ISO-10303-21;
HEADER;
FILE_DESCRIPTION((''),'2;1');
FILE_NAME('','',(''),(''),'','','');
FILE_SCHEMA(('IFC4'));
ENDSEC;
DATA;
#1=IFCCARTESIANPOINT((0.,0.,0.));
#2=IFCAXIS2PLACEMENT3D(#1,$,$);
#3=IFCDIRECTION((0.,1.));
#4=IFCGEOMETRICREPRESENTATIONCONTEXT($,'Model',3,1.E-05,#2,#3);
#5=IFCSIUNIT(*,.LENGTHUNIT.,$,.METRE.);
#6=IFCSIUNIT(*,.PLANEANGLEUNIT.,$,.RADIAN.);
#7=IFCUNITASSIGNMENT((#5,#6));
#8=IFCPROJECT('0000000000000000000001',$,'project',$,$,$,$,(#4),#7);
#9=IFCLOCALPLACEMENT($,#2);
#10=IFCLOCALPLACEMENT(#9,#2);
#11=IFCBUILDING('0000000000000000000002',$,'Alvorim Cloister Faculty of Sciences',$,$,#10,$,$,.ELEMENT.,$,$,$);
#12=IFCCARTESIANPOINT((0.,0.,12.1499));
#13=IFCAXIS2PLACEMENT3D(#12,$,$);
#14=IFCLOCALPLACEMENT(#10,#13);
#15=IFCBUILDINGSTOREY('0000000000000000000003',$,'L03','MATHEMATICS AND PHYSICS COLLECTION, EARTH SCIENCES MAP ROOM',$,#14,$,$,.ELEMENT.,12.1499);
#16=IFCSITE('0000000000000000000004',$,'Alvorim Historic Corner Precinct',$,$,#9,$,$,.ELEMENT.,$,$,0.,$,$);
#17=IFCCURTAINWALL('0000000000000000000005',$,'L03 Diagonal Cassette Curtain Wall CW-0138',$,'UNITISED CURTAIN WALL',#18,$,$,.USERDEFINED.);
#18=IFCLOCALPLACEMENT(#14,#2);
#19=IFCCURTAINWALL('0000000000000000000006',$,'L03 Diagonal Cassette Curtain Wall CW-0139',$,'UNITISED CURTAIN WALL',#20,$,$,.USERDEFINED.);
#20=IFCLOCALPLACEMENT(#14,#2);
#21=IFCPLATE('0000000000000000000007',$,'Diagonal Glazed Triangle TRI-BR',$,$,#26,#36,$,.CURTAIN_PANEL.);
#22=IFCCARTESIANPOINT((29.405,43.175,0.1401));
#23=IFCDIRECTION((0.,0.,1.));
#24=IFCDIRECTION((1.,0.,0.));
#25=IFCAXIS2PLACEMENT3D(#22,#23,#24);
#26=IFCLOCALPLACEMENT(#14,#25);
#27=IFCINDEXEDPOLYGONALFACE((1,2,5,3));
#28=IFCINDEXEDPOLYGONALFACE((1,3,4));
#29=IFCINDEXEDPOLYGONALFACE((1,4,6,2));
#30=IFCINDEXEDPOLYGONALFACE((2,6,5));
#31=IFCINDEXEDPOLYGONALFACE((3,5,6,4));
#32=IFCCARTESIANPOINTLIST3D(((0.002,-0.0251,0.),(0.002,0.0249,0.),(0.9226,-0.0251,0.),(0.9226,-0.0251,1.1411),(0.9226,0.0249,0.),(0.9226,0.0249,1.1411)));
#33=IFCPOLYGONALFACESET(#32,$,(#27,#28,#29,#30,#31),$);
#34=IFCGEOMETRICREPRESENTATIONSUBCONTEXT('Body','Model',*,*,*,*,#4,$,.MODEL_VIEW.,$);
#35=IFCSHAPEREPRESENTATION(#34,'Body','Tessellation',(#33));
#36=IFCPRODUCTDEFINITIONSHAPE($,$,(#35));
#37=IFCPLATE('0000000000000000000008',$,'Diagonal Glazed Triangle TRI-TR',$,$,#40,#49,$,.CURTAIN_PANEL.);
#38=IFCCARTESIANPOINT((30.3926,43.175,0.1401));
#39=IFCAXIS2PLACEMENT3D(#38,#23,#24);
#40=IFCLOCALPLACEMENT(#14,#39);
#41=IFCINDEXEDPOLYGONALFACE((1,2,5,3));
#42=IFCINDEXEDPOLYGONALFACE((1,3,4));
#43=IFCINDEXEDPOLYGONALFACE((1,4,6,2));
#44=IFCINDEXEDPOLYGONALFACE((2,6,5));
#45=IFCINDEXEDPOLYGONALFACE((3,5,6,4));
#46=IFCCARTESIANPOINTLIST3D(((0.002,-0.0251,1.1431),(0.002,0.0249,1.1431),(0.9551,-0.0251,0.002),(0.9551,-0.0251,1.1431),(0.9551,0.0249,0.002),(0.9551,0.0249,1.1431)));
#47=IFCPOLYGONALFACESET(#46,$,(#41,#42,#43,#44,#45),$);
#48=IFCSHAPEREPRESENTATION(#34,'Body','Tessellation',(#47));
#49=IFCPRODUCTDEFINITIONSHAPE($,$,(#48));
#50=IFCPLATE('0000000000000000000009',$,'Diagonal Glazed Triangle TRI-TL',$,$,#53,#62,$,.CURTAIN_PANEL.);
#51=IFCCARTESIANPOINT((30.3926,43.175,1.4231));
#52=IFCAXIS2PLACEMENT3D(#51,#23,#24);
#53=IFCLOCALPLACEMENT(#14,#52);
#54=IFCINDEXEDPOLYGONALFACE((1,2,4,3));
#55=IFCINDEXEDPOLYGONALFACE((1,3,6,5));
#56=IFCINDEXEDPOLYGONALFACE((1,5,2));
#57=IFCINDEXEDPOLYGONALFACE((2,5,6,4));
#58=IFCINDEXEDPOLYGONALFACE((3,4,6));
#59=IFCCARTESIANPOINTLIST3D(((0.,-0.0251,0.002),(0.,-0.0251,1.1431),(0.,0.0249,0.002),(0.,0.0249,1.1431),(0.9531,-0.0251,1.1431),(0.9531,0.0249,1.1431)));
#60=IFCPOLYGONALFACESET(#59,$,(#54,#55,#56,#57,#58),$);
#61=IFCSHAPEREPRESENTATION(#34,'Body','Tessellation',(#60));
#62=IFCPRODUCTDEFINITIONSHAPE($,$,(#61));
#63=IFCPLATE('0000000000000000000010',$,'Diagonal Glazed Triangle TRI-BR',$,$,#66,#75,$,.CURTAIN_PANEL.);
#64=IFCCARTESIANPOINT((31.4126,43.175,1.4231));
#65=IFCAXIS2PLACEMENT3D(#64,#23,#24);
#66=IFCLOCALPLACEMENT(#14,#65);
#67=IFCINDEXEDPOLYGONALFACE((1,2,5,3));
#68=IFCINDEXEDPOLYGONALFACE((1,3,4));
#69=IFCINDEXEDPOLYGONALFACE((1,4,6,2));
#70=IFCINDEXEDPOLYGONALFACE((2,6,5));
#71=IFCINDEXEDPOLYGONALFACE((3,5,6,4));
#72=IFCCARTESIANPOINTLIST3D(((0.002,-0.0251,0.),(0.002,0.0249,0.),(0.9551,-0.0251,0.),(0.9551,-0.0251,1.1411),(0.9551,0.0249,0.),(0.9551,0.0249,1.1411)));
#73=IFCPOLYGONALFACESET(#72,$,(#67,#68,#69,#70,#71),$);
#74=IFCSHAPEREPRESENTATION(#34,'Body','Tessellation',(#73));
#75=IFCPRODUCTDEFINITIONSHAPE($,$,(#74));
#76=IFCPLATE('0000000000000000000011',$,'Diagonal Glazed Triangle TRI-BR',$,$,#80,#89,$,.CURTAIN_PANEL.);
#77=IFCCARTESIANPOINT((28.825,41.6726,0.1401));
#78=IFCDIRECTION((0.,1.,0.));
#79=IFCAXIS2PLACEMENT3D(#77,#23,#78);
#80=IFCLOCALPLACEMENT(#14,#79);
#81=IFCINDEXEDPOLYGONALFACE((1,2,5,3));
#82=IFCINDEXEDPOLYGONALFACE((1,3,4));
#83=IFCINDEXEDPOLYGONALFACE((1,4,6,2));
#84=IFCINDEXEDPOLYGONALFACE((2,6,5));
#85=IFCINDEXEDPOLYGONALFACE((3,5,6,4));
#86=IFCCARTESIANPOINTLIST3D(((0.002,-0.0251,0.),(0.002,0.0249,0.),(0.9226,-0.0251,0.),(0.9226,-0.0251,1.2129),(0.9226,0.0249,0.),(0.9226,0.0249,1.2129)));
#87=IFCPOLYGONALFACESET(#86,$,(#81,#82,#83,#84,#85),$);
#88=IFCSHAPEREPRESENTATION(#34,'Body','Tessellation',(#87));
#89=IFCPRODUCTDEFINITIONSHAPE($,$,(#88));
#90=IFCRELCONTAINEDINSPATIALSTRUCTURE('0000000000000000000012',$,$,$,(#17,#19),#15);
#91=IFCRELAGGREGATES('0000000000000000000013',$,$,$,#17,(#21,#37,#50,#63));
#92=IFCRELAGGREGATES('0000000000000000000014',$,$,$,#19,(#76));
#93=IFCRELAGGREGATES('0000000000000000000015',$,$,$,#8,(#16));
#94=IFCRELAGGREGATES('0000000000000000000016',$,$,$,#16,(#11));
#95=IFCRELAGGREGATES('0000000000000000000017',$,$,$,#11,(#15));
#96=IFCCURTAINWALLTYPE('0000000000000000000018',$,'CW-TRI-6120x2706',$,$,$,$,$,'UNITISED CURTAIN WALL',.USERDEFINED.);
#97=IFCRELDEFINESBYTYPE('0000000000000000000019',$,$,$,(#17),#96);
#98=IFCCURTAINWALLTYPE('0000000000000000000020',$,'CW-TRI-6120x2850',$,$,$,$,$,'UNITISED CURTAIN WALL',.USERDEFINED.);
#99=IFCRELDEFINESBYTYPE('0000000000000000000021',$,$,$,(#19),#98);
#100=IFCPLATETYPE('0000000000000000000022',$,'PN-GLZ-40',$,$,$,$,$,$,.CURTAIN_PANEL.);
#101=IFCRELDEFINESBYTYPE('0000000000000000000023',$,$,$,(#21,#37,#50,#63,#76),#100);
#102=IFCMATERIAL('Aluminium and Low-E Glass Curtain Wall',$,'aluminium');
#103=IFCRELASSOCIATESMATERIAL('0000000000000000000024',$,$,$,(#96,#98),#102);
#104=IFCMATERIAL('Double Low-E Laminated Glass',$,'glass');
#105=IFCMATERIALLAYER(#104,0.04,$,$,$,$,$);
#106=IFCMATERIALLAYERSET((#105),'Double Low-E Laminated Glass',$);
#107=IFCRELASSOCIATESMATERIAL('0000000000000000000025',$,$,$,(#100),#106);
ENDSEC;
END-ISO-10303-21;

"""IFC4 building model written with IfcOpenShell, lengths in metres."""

from ifc_helpers import new_model, si_unit, direction, frame, origin, place, context, subcontext, project, spatial, polyline, outline, extrude, material, layer, layer_set, type_object, element, aggregate, save


model = new_model("IFC4")

# Units and contexts
model_context = context("Model", 3, precision=1e-05, world=origin(), true_north=direction((0.0, 1.0)))
body_context = subcontext(model_context, "Body", "Model", "MODEL_VIEW")
ifc_project = project(units=[si_unit("LENGTHUNIT", "METRE"), si_unit("PLANEANGLEUNIT", "RADIAN")], contexts=[model_context])

# Site, building, storey
site_placement = place(None, origin())
site = spatial("IfcSite", under=ifc_project, at=site_placement, Name="Alvorim Historic Corner Precinct", CompositionType="ELEMENT", RefElevation=0.0)
building_placement = place(site_placement, origin())
building = spatial("IfcBuilding", under=site, at=building_placement, Name="Alvorim Cloister Faculty of Sciences", CompositionType="ELEMENT")
storey_placement = place(building_placement, frame((0.0, 0.0, 12.1499)))
storey = spatial("IfcBuildingStorey", under=building, at=storey_placement, Name="L03", Description="MATHEMATICS AND PHYSICS COLLECTION, EARTH SCIENCES MAP ROOM", CompositionType="ELEMENT", Elevation=12.1499)

# Curtain wall
ifc_material_1 = material(Name="Aluminium and Low-E Glass Curtain Wall", Category="aluminium")
curtain_wall_type_1 = type_object("IfcCurtainWallType", Name="CW-TRI-6120x2706", ElementType="UNITISED CURTAIN WALL", PredefinedType="USERDEFINED", material=ifc_material_1)
curtain_wall_1_placement = place(storey_placement, origin())
curtain_wall_1 = element("IfcCurtainWall", 1, at=curtain_wall_1_placement, inside=storey, type_object=curtain_wall_type_1, Name="L03 Diagonal Cassette Curtain Wall CW-0138", ObjectType="UNITISED CURTAIN WALL", PredefinedType="USERDEFINED")

# Curtain wall
curtain_wall_type_2 = type_object("IfcCurtainWallType", Name="CW-TRI-6120x2850", ElementType="UNITISED CURTAIN WALL", PredefinedType="USERDEFINED", material=ifc_material_1)
curtain_wall_2_placement = place(storey_placement, origin())
curtain_wall_2 = element("IfcCurtainWall", 2, at=curtain_wall_2_placement, inside=storey, type_object=curtain_wall_type_2, Name="L03 Diagonal Cassette Curtain Wall CW-0139", ObjectType="UNITISED CURTAIN WALL", PredefinedType="USERDEFINED")

# Plates
ifc_material_2 = material(Name="Double Low-E Laminated Glass", Category="glass")
ifc_layer_1 = layer(ifc_material_2, 0.04)
ifc_layer_set_1 = layer_set([ifc_layer_1], Name="Double Low-E Laminated Glass")
plate_type_1 = type_object("IfcPlateType", Name="PN-GLZ-40", PredefinedType="CURTAIN_PANEL", material=ifc_layer_set_1)
plate_1_placement = place(storey_placement, frame((29.405, 43.175, 0.1401), z_axis=(0.0, 0.0, 1.0), x_axis=(1.0, 0.0, 0.0)))
plate_1 = element("IfcPlate", 3, at=plate_1_placement, type_object=plate_type_1, Name="Diagonal Glazed Triangle TRI-BR", PredefinedType="CURTAIN_PANEL", context=body_context, shape_type="SweptSolid", body=[
    extrude(outline(polyline([(0.002, 0.0), (0.9226, 0.0), (0.9226, 1.1411), (0.002, 0.0)])), frame((0.0, 0.0249, 0.0), z_axis=(0.0, -1.0, 0.0), x_axis=(1.0, 0.0, 0.0)), (0.0, 0.0, 1.0), 0.05),
])
plate_2_placement = place(storey_placement, frame((30.3926, 43.175, 0.1401), z_axis=(0.0, 0.0, 1.0), x_axis=(1.0, 0.0, 0.0)))
plate_2 = element("IfcPlate", 4, at=plate_2_placement, type_object=plate_type_1, Name="Diagonal Glazed Triangle TRI-TR", PredefinedType="CURTAIN_PANEL", context=body_context, shape_type="SweptSolid", body=[
    extrude(outline(polyline([(0.9551, 0.002), (0.9551, 1.1431), (0.002, 1.1431), (0.9551, 0.002)])), frame((0.0, 0.0249, 0.0), z_axis=(0.0, -1.0, 0.0), x_axis=(1.0, 0.0, 0.0)), (0.0, 0.0, 1.0), 0.05),
])
plate_3_placement = place(storey_placement, frame((30.3926, 43.175, 1.4231), z_axis=(0.0, 0.0, 1.0), x_axis=(1.0, 0.0, 0.0)))
plate_3 = element("IfcPlate", 5, at=plate_3_placement, type_object=plate_type_1, Name="Diagonal Glazed Triangle TRI-TL", PredefinedType="CURTAIN_PANEL", context=body_context, shape_type="SweptSolid", body=[
    extrude(outline(polyline([(0.9531, 1.1431), (0.0, 1.1431), (0.0, 0.002), (0.9531, 1.1431)])), frame((0.0, 0.0249, 0.0), z_axis=(0.0, -1.0, 0.0), x_axis=(1.0, 0.0, 0.0)), (0.0, 0.0, 1.0), 0.05),
])
plate_4_placement = place(storey_placement, frame((31.4126, 43.175, 1.4231), z_axis=(0.0, 0.0, 1.0), x_axis=(1.0, 0.0, 0.0)))
plate_4 = element("IfcPlate", 6, at=plate_4_placement, type_object=plate_type_1, Name="Diagonal Glazed Triangle TRI-BR", PredefinedType="CURTAIN_PANEL", context=body_context, shape_type="SweptSolid", body=[
    extrude(outline(polyline([(0.002, 0.0), (0.9551, 0.0), (0.9551, 1.1411), (0.002, 0.0)])), frame((0.0, 0.0249, 0.0), z_axis=(0.0, -1.0, 0.0), x_axis=(1.0, 0.0, 0.0)), (0.0, 0.0, 1.0), 0.05),
])
aggregate(curtain_wall_1, [plate_1, plate_2, plate_3, plate_4])
plate_5_placement = place(storey_placement, frame((28.825, 41.6726, 0.1401), z_axis=(0.0, 0.0, 1.0), x_axis=(0.0, 1.0, 0.0)))
plate_5 = element("IfcPlate", 7, at=plate_5_placement, type_object=plate_type_1, Name="Diagonal Glazed Triangle TRI-BR", PredefinedType="CURTAIN_PANEL", context=body_context, shape_type="SweptSolid", body=[
    extrude(outline(polyline([(0.002, 0.0), (0.9226, 0.0), (0.9226, 1.2129), (0.002, 0.0)])), frame((0.0, 0.0249, 0.0), z_axis=(0.0, -1.0, 0.0), x_axis=(1.0, 0.0, 0.0)), (0.0, 0.0, 1.0), 0.05),
])
aggregate(curtain_wall_2, [plate_5])

save(model, "model.ifc")
